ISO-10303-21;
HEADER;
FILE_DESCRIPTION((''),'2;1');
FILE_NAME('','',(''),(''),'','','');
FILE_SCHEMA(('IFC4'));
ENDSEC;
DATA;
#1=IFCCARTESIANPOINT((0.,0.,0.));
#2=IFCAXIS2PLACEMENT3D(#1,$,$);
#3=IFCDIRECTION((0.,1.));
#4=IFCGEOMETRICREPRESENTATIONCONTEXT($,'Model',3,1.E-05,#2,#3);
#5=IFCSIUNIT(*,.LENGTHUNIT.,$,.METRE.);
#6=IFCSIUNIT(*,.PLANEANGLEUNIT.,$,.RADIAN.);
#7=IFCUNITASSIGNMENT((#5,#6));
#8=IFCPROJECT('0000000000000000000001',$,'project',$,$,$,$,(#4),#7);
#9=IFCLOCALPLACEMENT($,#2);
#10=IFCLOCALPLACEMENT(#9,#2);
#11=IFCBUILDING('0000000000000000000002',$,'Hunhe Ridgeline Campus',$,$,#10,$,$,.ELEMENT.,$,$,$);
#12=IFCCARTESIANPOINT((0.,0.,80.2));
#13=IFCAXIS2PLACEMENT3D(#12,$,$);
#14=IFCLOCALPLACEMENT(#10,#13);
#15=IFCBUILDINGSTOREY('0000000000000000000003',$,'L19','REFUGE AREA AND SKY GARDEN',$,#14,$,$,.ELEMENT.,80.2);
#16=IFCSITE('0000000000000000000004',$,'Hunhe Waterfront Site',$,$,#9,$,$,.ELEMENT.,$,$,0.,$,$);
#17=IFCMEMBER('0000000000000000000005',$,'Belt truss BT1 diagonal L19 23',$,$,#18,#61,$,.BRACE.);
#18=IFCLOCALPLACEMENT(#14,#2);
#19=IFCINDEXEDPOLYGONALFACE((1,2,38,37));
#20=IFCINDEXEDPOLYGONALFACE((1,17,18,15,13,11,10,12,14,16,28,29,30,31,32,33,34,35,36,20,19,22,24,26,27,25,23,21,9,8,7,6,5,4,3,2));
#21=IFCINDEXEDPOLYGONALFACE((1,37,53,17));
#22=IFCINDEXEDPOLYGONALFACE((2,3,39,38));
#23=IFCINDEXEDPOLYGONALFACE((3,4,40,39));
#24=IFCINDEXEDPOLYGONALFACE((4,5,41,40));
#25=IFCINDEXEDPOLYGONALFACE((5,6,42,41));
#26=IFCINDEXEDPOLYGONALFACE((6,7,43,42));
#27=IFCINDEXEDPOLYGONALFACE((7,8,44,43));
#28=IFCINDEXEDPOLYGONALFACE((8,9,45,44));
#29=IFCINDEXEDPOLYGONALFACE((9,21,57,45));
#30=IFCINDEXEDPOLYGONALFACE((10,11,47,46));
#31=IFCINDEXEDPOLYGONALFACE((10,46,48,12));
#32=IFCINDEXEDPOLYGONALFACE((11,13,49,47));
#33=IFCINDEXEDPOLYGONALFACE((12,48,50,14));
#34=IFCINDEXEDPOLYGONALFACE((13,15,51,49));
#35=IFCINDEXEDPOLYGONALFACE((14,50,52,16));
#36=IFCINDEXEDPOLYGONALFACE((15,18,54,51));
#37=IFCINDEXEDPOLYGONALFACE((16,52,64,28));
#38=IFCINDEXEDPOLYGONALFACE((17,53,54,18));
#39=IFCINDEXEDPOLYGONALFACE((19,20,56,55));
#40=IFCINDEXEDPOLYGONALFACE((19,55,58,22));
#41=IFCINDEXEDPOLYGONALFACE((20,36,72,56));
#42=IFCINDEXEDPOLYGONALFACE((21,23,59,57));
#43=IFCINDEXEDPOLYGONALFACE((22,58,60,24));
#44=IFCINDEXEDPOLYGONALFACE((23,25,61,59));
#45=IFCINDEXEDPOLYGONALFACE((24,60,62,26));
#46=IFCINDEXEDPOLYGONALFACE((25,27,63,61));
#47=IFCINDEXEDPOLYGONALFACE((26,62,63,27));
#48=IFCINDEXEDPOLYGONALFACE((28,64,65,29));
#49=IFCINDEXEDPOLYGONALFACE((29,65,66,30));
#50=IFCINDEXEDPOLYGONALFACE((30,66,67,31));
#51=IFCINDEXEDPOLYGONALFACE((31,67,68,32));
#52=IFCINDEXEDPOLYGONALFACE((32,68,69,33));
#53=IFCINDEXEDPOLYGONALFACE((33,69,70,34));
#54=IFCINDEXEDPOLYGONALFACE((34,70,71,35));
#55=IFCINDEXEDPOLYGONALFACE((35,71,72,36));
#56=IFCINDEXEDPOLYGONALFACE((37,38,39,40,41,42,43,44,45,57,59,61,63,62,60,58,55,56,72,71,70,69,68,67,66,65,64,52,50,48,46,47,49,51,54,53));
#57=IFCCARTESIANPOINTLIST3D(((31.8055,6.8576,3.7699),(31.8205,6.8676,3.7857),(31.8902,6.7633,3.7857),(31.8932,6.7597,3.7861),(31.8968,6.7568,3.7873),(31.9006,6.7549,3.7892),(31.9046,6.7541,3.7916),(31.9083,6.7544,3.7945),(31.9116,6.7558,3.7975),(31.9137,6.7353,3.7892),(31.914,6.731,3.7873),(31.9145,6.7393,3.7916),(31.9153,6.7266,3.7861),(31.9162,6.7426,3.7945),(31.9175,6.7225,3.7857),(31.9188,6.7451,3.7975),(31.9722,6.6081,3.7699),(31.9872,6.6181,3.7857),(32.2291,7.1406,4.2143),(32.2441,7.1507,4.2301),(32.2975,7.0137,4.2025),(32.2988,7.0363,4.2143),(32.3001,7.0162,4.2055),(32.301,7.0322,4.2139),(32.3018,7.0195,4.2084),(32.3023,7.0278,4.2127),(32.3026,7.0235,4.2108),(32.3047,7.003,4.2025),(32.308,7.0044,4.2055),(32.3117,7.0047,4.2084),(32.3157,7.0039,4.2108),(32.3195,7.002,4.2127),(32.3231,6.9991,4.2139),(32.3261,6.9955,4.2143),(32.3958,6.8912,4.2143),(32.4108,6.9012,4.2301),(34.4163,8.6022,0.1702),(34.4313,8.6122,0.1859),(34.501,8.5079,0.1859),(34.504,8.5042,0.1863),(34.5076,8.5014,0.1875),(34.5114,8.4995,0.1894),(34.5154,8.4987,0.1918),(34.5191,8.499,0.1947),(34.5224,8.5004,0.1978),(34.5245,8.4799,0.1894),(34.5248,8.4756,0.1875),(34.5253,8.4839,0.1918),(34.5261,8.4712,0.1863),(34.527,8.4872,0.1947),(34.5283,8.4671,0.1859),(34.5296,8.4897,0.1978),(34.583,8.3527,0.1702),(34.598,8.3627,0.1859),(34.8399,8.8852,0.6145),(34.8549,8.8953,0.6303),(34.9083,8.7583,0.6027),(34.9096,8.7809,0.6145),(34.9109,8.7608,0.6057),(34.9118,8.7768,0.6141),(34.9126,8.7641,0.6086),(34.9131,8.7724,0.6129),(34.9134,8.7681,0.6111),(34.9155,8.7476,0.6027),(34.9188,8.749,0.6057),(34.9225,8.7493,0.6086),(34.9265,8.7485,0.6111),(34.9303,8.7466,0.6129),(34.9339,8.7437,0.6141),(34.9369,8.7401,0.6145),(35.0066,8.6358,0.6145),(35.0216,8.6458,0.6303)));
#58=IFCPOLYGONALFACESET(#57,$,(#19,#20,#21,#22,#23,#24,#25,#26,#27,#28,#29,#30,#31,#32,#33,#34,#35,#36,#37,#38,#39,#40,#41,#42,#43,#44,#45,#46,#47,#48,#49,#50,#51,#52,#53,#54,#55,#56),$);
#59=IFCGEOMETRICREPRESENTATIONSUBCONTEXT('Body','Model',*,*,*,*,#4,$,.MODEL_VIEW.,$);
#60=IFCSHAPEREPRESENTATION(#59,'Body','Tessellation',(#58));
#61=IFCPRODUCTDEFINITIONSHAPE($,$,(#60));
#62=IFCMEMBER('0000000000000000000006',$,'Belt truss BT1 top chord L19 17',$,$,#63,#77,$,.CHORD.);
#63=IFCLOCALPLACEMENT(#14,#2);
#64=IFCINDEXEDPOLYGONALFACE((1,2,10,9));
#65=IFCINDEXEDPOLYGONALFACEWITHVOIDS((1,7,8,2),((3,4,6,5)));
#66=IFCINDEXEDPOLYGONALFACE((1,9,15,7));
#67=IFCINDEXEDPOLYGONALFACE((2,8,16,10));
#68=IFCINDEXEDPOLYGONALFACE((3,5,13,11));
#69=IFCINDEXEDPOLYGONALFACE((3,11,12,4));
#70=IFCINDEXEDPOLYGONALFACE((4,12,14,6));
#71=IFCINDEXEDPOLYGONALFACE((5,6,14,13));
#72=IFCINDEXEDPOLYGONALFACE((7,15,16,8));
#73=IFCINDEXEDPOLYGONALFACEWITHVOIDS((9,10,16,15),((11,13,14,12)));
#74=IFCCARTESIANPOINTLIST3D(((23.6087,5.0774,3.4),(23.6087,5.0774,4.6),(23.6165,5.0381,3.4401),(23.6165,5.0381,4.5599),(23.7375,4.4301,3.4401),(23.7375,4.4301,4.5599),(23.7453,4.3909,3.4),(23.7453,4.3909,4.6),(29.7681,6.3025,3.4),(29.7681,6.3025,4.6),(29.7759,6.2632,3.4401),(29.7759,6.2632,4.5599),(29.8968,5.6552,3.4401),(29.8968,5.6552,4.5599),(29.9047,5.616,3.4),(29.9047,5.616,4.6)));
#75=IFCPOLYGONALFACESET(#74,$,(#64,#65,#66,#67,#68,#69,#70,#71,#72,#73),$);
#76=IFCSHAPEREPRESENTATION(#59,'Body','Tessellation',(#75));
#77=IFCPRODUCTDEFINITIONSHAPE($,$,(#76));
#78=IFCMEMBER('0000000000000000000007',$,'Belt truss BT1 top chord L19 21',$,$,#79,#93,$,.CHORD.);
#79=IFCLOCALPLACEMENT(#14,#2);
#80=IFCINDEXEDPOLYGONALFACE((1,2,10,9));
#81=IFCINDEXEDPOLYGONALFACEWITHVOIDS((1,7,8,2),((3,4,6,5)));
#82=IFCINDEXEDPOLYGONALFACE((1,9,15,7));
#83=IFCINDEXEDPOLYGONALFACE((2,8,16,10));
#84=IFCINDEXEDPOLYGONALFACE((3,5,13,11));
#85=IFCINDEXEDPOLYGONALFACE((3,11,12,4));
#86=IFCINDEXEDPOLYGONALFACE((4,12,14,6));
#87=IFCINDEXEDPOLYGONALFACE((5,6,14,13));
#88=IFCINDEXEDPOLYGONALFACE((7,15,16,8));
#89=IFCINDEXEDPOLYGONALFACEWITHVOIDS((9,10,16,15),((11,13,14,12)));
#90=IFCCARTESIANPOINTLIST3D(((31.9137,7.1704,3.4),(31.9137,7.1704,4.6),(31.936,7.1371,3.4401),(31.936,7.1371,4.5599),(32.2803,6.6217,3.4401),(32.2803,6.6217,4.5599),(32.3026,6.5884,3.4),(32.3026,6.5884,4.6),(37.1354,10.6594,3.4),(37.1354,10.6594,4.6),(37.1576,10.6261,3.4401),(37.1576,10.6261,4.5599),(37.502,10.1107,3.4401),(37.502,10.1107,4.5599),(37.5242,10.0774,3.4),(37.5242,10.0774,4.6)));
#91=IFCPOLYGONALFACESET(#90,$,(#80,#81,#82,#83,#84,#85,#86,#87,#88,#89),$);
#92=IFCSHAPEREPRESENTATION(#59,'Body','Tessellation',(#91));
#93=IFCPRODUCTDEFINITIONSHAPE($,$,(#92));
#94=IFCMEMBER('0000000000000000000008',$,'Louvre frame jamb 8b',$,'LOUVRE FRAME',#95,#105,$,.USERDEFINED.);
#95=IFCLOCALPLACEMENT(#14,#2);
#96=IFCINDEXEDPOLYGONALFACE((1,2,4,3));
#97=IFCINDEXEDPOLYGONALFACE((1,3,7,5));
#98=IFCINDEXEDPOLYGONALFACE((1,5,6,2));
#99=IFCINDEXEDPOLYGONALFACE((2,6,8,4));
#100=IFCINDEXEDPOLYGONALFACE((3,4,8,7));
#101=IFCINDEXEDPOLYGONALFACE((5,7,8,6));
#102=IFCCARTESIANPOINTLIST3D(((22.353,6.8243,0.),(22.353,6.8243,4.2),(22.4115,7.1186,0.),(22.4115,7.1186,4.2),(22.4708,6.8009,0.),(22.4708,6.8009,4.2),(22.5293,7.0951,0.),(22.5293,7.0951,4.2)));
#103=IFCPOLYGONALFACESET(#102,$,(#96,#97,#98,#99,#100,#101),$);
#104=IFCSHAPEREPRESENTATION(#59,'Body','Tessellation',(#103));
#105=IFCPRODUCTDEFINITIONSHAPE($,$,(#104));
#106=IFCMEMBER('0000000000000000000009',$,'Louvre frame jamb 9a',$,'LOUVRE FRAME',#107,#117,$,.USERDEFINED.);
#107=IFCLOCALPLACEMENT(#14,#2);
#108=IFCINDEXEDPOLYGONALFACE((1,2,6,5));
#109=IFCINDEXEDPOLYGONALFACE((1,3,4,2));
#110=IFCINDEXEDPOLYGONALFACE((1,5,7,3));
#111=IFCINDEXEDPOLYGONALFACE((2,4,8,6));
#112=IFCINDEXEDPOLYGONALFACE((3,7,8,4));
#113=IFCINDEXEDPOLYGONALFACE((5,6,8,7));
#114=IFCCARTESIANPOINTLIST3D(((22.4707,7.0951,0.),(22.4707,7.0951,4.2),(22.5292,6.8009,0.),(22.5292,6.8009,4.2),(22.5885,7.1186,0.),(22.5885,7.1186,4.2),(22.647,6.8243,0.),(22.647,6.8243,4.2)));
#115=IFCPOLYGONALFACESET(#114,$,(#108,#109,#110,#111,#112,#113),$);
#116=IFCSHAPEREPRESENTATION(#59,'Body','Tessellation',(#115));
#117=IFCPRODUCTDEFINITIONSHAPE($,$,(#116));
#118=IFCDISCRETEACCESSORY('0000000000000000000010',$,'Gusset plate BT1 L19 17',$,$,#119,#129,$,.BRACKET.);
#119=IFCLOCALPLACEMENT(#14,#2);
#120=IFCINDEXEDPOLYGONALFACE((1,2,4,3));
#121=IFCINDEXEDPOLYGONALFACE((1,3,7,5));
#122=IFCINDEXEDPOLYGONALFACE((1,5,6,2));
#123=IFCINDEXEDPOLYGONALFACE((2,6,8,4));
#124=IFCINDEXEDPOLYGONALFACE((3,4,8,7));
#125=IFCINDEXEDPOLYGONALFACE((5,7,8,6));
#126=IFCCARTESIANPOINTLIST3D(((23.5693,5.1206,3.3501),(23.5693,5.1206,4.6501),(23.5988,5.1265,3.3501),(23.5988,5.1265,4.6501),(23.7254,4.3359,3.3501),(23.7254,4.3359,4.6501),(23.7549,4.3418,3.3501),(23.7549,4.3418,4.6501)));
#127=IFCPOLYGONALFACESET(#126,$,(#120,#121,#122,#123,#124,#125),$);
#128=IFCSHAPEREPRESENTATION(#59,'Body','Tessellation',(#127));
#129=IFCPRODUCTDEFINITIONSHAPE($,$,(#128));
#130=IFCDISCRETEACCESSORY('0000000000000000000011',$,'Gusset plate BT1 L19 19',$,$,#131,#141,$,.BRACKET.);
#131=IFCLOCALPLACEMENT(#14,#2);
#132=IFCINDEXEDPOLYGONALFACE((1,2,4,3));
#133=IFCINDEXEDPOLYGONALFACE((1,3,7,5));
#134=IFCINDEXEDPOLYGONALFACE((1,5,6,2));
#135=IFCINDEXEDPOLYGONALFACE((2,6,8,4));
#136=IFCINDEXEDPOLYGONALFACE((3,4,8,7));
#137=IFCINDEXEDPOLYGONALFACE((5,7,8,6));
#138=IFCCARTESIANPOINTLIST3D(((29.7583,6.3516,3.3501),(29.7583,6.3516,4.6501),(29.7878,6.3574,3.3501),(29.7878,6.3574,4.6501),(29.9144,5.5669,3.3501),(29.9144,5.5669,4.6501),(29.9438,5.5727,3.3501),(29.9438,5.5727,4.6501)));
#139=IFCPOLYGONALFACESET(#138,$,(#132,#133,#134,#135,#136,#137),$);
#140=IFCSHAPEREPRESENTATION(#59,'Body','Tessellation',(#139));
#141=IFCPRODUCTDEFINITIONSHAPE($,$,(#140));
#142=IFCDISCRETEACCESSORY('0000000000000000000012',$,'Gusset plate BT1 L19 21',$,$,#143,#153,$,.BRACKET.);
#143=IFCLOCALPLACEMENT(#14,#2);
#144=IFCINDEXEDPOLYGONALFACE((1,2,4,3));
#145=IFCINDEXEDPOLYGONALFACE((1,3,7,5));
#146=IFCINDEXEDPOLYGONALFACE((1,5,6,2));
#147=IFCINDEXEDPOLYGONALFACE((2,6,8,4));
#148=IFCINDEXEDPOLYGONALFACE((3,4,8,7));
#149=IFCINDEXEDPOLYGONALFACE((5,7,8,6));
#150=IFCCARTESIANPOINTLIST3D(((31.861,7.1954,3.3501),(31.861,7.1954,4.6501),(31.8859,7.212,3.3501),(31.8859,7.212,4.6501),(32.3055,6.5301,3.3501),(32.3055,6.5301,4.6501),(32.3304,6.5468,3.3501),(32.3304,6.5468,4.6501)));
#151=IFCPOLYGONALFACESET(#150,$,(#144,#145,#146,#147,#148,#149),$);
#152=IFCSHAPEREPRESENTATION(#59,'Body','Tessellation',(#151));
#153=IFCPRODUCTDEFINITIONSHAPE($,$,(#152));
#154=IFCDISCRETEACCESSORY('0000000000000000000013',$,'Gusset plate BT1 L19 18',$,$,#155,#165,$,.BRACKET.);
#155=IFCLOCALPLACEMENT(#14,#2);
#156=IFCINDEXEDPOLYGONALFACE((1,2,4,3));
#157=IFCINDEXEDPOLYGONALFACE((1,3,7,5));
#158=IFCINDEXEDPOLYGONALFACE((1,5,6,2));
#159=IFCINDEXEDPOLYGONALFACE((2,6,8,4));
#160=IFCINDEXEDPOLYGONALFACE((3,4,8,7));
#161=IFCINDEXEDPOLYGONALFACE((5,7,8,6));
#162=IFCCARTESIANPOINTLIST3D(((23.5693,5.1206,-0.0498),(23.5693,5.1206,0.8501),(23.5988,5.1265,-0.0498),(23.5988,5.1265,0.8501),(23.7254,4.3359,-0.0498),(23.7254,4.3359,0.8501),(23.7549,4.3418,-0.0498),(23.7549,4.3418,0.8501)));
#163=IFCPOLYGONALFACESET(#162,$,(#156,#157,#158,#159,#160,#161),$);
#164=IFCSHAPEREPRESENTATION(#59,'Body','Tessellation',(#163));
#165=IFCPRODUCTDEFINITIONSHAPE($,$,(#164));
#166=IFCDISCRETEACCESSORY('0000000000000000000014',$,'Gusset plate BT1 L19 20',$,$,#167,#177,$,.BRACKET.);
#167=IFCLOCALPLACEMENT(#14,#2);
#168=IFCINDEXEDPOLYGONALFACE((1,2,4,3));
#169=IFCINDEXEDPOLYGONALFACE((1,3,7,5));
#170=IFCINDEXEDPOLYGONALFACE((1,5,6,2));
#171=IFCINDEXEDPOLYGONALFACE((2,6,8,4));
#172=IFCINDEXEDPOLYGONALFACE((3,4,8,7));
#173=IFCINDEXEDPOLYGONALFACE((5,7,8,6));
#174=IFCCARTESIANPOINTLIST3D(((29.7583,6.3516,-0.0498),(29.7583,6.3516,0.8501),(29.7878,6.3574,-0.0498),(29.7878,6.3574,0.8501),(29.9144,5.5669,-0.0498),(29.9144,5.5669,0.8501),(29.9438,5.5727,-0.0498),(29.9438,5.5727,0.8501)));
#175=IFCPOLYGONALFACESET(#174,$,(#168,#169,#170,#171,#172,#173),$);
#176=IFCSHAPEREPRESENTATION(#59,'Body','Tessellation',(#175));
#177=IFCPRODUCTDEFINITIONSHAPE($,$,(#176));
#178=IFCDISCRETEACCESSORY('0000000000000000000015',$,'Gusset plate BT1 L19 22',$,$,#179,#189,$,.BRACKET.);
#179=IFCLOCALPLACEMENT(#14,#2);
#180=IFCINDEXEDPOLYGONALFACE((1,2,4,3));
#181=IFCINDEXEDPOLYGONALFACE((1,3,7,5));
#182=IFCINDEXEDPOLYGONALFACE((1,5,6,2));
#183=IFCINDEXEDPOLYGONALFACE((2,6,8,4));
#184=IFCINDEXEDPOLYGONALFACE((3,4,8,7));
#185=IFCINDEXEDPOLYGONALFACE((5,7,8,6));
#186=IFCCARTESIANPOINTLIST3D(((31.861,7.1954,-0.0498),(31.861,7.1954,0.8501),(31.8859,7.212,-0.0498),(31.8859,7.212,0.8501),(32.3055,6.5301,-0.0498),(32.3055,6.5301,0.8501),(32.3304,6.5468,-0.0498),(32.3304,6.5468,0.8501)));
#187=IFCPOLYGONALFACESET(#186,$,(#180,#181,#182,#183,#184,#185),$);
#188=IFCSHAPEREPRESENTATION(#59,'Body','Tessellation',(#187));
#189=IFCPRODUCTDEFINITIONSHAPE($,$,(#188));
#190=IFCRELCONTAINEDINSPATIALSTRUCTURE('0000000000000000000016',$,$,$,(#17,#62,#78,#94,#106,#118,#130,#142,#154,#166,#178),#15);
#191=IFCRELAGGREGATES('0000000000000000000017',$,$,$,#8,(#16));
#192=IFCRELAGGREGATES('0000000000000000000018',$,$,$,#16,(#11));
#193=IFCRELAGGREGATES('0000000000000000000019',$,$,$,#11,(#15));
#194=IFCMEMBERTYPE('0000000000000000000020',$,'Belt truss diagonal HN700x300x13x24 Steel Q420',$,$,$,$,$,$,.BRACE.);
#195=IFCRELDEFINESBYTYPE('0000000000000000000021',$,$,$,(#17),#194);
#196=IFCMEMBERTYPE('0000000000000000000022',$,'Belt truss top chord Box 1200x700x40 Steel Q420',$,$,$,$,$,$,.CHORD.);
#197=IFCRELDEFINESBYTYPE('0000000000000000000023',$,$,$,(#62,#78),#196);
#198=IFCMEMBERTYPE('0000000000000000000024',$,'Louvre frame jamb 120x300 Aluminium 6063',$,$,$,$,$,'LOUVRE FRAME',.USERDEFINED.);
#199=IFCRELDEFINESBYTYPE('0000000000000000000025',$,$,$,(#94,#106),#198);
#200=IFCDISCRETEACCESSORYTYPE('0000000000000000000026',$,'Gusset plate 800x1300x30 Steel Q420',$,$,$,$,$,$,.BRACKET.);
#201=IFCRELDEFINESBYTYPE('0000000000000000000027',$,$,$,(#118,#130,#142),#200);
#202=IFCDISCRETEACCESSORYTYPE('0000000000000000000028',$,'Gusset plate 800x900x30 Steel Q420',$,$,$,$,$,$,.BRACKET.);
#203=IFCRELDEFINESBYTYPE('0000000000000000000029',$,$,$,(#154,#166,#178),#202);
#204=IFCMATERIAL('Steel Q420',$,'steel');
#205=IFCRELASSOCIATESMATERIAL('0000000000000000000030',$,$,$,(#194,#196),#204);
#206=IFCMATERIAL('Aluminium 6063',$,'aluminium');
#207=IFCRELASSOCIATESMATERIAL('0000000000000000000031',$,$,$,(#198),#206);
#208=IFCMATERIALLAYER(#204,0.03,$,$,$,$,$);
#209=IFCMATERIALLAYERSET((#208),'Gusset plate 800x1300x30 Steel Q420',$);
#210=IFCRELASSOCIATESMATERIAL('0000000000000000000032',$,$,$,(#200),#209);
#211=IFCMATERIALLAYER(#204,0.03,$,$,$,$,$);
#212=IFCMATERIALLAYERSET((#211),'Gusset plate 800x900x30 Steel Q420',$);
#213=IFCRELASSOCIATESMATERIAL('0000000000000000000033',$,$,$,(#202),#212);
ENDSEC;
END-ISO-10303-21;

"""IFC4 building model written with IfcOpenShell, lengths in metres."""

from ifc_helpers import new_model, si_unit, direction, frame, origin, origin_2d, place, context, subcontext, project, spatial, rectangle, hollow_rectangle, i_section, extrude, material, layer, layer_set, material_profile, profile_set, type_object, element, save


model = new_model("IFC4")

# Units and contexts
model_context = context("Model", 3, precision=1e-05, world=origin(), true_north=direction((0.0, 1.0)))
body_context = subcontext(model_context, "Body", "Model", "MODEL_VIEW")
ifc_project = project(units=[si_unit("LENGTHUNIT", "METRE"), si_unit("PLANEANGLEUNIT", "RADIAN")], contexts=[model_context])

# Site, building, storey
site_placement = place(None, origin())
site = spatial("IfcSite", under=ifc_project, at=site_placement, Name="Hunhe Waterfront Site", CompositionType="ELEMENT", RefElevation=0.0)
building_placement = place(site_placement, origin())
building = spatial("IfcBuilding", under=site, at=building_placement, Name="Hunhe Ridgeline Campus", CompositionType="ELEMENT")
storey_placement = place(building_placement, frame((0.0, 0.0, 80.2)))
storey = spatial("IfcBuildingStorey", under=building, at=storey_placement, Name="L19", Description="REFUGE AREA AND SKY GARDEN", CompositionType="ELEMENT", Elevation=80.2)

# Members
ifc_material_1 = material(Name="Steel Q420", Category="steel")
ifc_material_profile_1 = material_profile(ifc_material_1, i_section(OverallWidth=0.3, OverallDepth=0.7, WebThickness=0.0129, FlangeThickness=0.0239, FilletRadius=0.0181, at=origin_2d()))
ifc_profile_set_1 = profile_set([ifc_material_profile_1], Name="Steel Q420")
member_type_1 = type_object("IfcMemberType", Name="Belt truss diagonal HN700x300x13x24 Steel Q420", PredefinedType="BRACE", material=ifc_profile_set_1)
member_1_placement = place(storey_placement, frame((32.1082, 6.8794, 4.0), z_axis=(0.546551, 0.365219, -0.75359), x_axis=(-0.555597, 0.831452, 0.0)))
element("IfcMember", 1, at=member_1_placement, inside=storey, type_object=member_type_1, Name="Belt truss BT1 diagonal L19 23", PredefinedType="BRACE", context=body_context, shape_type="SweptSolid", body=[
    extrude(i_section(OverallWidth=0.3, OverallDepth=0.7, WebThickness=0.0129, FlangeThickness=0.0239, FilletRadius=0.0181, at=origin_2d()), origin(), (0.0, 0.0, 1.0), 4.7769),
])
ifc_material_profile_2 = material_profile(ifc_material_1, hollow_rectangle(XDim=0.7, YDim=1.2, WallThickness=0.04, at=origin_2d()))
ifc_profile_set_2 = profile_set([ifc_material_profile_2], Name="Steel Q420")
member_type_2 = type_object("IfcMemberType", Name="Belt truss top chord Box 1200x700x40 Steel Q420", PredefinedType="CHORD", material=ifc_profile_set_2)
for number, where, z_axis, x_axis, name in (
    (2, (23.677, 4.7341, 4.0), (0.980788, 0.195077, 0.0), (-0.195077, 0.980788, 0.0), "Belt truss BT1 top chord L19 17"),
    (3, (32.1082, 6.8794, 4.0), (0.83147, 0.55557, 0.0), (-0.55557, 0.83147, 0.0), "Belt truss BT1 top chord L19 21"),
):
    element("IfcMember", number, at=place(storey_placement, frame(where, z_axis=z_axis, x_axis=x_axis)), inside=storey, type_object=member_type_2, Name=name, PredefinedType="CHORD", context=body_context, shape_type="SweptSolid", body=[
        extrude(hollow_rectangle(XDim=0.7, YDim=1.2, WallThickness=0.04, at=origin_2d()), origin(), (0.0, 0.0, 1.0), 6.28),
    ])
ifc_material_2 = material(Name="Aluminium 6063", Category="aluminium")
ifc_material_profile_3 = material_profile(ifc_material_2, rectangle(XDim=0.3, YDim=0.1201, at=origin_2d()))
ifc_profile_set_3 = profile_set([ifc_material_profile_3], Name="Aluminium 6063")
member_type_3 = type_object("IfcMemberType", Name="Louvre frame jamb 120x300 Aluminium 6063", ElementType="LOUVRE FRAME", PredefinedType="USERDEFINED", material=ifc_profile_set_3)
for number, where, z_axis, x_axis, name in (
    (4, (22.4412, 6.9597, 0.0), (0.0, 0.0, 1.0), (0.19509, 0.980785, 0.0), "Louvre frame jamb 8b"),
    (5, (22.5588, 6.9597, 0.0), (0.0, 0.0, 1.0), (-0.19509, 0.980785, 0.0), "Louvre frame jamb 9a"),
):
    element("IfcMember", number, at=place(storey_placement, frame(where, z_axis=z_axis, x_axis=x_axis)), inside=storey, type_object=member_type_3, Name=name, ObjectType="LOUVRE FRAME", PredefinedType="USERDEFINED", context=body_context, shape_type="SweptSolid", body=[
        extrude(rectangle(XDim=0.3, YDim=0.1201, at=origin_2d()), origin(), (0.0, 0.0, 1.0), 4.2),
    ])

# Discrete accessories
ifc_layer_1 = layer(ifc_material_1, 0.03)
ifc_layer_set_1 = layer_set([ifc_layer_1], Name="Gusset plate 800x1300x30 Steel Q420")
discrete_accessory_type_1 = type_object("IfcDiscreteAccessoryType", Name="Gusset plate 800x1300x30 Steel Q420", PredefinedType="BRACKET", material=ifc_layer_set_1)
for number, where, z_axis, x_axis, name in (
    (6, (23.6621, 4.7312, 3.3501), (0.0, 0.0, 1.0), (-0.980785, -0.19509, 0.0), "Gusset plate BT1 L19 17"),
    (7, (29.8511, 5.9622, 3.3501), (0.0, 0.0, 1.0), (0.980785, 0.19509, 0.0), "Gusset plate BT1 L19 19"),
    (8, (32.0957, 6.8711, 3.3501), (0.0, 0.0, 1.0), (-0.83147, -0.55557, 0.0), "Gusset plate BT1 L19 21"),
):
    element("IfcDiscreteAccessory", number, at=place(storey_placement, frame(where, z_axis=z_axis, x_axis=x_axis)), inside=storey, type_object=discrete_accessory_type_1, Name=name, PredefinedType="BRACKET", context=body_context, shape_type="SweptSolid", body=[
        extrude(rectangle(XDim=0.03, YDim=0.8, at=origin_2d()), origin(), (0.0, 0.0, 1.0), 1.3),
    ])
ifc_layer_2 = layer(ifc_material_1, 0.03)
ifc_layer_set_2 = layer_set([ifc_layer_2], Name="Gusset plate 800x900x30 Steel Q420")
discrete_accessory_type_2 = type_object("IfcDiscreteAccessoryType", Name="Gusset plate 800x900x30 Steel Q420", PredefinedType="BRACKET", material=ifc_layer_set_2)
for number, where, z_axis, x_axis, name in (
    (9, (23.6621, 4.7312, -0.0498), (0.0, 0.0, 1.0), (-0.980785, -0.19509, 0.0), "Gusset plate BT1 L19 18"),
    (10, (29.8511, 5.9622, -0.0498), (0.0, 0.0, 1.0), (0.980785, 0.19509, 0.0), "Gusset plate BT1 L19 20"),
    (11, (32.0957, 6.8711, -0.0498), (0.0, 0.0, 1.0), (-0.83147, -0.55557, 0.0), "Gusset plate BT1 L19 22"),
):
    element("IfcDiscreteAccessory", number, at=place(storey_placement, frame(where, z_axis=z_axis, x_axis=x_axis)), inside=storey, type_object=discrete_accessory_type_2, Name=name, PredefinedType="BRACKET", context=body_context, shape_type="SweptSolid", body=[
        extrude(rectangle(XDim=0.03, YDim=0.8, at=origin_2d()), origin(), (0.0, 0.0, 1.0), 0.8999),
    ])

save(model, "model.ifc")
